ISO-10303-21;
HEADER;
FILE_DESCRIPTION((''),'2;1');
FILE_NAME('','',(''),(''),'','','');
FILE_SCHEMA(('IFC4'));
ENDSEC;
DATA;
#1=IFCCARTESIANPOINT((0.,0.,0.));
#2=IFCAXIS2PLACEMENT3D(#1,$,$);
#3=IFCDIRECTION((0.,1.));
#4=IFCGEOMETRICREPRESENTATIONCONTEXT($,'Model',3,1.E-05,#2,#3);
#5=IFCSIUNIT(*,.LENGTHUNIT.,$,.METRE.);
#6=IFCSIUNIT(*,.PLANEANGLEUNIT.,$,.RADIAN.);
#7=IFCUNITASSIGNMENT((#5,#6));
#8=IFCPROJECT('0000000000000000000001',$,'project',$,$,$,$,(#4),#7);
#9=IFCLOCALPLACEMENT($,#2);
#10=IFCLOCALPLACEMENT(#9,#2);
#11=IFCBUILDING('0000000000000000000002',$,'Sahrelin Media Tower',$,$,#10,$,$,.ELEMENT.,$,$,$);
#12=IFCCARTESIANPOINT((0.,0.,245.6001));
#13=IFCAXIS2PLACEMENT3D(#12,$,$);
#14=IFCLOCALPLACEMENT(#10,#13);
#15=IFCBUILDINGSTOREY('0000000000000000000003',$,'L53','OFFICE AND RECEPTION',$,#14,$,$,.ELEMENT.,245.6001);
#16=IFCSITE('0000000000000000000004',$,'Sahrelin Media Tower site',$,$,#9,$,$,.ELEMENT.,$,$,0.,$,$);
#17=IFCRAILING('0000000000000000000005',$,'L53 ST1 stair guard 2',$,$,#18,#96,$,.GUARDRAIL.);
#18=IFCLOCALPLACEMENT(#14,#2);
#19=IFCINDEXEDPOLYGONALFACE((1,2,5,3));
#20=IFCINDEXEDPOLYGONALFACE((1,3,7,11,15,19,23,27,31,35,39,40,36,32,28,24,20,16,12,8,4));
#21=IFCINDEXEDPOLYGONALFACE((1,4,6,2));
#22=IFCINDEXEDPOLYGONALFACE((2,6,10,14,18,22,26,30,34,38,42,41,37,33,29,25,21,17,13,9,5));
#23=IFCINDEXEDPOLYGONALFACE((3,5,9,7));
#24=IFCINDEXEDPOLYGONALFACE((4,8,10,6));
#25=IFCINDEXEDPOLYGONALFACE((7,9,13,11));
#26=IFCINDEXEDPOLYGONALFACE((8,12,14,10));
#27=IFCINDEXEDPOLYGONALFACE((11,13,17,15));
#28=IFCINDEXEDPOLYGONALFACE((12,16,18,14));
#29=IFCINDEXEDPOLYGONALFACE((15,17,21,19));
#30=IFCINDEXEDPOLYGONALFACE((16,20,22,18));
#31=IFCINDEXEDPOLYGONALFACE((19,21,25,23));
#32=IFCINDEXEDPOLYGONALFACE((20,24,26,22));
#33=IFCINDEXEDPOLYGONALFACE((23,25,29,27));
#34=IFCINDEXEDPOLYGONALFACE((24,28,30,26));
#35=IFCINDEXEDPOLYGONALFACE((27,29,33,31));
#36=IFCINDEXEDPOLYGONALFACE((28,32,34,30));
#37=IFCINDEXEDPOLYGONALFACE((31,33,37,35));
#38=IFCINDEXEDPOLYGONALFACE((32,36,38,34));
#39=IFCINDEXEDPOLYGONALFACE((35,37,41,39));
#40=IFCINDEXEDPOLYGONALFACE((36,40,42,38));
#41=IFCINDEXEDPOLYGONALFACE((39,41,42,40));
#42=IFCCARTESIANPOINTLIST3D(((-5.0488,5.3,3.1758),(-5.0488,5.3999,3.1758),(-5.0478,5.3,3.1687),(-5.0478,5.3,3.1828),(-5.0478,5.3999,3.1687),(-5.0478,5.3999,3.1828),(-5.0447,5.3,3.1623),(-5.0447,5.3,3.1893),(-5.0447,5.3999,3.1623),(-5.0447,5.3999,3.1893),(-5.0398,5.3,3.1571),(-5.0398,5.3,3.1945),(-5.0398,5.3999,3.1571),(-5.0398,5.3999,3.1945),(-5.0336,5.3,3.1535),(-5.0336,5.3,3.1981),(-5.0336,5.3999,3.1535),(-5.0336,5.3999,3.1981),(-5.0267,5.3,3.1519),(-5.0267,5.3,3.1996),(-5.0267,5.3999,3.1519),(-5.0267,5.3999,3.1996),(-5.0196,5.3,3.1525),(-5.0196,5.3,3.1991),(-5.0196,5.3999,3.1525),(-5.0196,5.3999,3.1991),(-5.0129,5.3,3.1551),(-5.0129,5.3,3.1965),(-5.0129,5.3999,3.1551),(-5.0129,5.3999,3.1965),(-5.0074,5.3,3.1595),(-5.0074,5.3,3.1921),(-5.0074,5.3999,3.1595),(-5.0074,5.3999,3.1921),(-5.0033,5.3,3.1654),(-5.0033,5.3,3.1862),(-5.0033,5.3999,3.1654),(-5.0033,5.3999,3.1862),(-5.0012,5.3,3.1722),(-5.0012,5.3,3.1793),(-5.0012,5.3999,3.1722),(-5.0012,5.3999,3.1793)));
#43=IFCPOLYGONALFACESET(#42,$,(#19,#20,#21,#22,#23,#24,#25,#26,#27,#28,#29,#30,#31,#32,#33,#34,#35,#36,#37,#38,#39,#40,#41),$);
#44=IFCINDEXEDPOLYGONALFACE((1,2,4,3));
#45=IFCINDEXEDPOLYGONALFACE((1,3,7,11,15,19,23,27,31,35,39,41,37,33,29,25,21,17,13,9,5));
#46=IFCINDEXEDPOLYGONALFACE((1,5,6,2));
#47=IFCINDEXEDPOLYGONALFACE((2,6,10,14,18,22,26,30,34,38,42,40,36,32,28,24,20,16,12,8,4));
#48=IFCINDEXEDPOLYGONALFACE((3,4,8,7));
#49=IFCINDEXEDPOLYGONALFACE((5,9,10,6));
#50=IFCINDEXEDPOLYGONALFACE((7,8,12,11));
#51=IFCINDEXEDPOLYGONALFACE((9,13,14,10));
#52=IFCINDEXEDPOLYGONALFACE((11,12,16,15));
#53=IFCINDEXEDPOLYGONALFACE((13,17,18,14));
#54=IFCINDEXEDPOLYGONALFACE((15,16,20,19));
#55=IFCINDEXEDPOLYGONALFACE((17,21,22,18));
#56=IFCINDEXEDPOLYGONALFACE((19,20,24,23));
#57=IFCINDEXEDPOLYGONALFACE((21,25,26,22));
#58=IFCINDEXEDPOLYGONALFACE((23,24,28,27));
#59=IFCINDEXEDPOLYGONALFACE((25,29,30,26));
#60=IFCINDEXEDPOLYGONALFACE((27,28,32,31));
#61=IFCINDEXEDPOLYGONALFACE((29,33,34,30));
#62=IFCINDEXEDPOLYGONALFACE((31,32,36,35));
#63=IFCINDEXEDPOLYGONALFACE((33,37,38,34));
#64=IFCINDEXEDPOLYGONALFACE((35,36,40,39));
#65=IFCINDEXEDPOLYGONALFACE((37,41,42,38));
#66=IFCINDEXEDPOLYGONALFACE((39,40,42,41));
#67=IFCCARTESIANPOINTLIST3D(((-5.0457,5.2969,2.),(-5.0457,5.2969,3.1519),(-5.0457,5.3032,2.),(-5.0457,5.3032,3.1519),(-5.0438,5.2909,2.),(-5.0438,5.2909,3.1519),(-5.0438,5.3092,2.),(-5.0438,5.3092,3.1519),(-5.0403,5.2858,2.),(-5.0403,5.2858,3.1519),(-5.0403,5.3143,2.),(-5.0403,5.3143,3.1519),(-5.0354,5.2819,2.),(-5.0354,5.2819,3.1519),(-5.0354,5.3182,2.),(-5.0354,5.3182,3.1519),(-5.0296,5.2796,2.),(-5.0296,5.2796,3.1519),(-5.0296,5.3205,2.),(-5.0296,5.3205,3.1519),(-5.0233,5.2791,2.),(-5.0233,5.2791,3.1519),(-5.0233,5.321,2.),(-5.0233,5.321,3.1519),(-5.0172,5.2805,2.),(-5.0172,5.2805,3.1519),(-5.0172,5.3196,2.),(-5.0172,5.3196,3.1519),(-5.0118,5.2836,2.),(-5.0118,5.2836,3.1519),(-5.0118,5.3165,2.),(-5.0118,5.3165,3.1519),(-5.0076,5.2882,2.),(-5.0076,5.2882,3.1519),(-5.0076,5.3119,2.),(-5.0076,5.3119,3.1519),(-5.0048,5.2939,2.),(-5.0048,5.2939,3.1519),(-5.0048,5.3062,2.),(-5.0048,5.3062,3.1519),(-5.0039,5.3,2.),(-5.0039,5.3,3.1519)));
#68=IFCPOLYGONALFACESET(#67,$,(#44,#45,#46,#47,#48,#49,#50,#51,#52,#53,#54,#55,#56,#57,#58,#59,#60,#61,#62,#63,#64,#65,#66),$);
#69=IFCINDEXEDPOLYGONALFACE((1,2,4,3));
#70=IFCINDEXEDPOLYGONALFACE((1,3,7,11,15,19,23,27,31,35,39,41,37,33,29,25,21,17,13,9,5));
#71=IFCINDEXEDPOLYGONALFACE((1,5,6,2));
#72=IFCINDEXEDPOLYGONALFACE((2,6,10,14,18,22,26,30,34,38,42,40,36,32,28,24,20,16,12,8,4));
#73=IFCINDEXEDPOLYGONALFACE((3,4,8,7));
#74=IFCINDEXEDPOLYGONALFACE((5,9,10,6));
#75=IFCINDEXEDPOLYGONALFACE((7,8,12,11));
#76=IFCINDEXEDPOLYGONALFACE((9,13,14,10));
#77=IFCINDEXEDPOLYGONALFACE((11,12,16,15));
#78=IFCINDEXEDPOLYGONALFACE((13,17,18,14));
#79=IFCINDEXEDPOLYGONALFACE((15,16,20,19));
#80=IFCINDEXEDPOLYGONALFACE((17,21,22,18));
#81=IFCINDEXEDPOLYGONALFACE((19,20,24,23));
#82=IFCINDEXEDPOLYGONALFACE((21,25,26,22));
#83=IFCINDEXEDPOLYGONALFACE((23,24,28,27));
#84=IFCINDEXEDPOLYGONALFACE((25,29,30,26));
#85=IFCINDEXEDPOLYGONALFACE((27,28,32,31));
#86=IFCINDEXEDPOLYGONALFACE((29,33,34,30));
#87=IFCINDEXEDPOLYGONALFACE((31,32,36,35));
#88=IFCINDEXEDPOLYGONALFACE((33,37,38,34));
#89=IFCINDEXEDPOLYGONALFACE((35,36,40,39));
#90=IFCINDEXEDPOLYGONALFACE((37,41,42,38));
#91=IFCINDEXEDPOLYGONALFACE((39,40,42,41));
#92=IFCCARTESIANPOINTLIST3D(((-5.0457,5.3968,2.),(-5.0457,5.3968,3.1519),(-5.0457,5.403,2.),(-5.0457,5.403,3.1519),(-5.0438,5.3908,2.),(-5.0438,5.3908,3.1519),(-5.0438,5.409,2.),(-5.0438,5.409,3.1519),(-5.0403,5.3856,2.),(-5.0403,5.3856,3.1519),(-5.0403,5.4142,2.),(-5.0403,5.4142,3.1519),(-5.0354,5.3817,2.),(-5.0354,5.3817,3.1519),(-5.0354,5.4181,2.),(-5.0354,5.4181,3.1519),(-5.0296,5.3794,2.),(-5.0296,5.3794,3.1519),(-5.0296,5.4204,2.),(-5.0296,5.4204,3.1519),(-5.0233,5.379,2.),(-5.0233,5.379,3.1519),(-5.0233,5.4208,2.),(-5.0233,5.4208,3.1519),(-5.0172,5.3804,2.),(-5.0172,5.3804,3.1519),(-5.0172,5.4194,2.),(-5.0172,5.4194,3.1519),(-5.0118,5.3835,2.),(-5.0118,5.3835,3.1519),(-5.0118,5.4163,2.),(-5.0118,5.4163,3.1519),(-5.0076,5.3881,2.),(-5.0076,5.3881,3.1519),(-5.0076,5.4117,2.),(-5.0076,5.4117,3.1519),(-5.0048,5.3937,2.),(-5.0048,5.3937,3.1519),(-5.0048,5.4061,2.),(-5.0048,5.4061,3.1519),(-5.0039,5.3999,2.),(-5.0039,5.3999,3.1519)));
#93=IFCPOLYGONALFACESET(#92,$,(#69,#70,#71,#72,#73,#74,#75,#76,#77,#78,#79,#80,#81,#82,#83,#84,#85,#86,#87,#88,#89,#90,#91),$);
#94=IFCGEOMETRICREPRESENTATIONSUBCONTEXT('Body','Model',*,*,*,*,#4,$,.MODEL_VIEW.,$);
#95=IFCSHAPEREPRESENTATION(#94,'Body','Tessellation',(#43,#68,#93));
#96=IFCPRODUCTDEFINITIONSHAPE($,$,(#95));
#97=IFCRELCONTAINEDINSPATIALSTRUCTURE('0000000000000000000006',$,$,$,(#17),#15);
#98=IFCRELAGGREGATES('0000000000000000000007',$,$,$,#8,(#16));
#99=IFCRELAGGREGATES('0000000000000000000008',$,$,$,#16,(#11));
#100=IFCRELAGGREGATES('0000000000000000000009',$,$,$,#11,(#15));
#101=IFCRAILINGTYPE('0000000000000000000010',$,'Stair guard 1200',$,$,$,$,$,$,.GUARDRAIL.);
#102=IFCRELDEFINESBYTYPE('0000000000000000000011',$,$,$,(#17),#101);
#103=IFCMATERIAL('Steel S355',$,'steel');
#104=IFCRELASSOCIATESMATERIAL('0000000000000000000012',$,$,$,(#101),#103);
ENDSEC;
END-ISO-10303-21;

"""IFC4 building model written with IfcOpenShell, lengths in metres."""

from ifc_helpers import new_model, si_unit, direction, frame, origin, origin_2d, place, context, subcontext, project, spatial, circle, extrude, material, type_object, element, save


model = new_model("IFC4")

# Units and contexts
model_context = context("Model", 3, precision=1e-05, world=origin(), true_north=direction((0.0, 1.0)))
body_context = subcontext(model_context, "Body", "Model", "MODEL_VIEW")
ifc_project = project(units=[si_unit("LENGTHUNIT", "METRE"), si_unit("PLANEANGLEUNIT", "RADIAN")], contexts=[model_context])

# Site, building, storey
site_placement = place(None, origin())
site = spatial("IfcSite", under=ifc_project, at=site_placement, Name="Sahrelin Media Tower site", CompositionType="ELEMENT", RefElevation=0.0)
building_placement = place(site_placement, origin())
building = spatial("IfcBuilding", under=site, at=building_placement, Name="Sahrelin Media Tower", CompositionType="ELEMENT")
storey_placement = place(building_placement, frame((0.0, 0.0, 245.6001)))
storey = spatial("IfcBuildingStorey", under=building, at=storey_placement, Name="L53", Description="OFFICE AND RECEPTION", CompositionType="ELEMENT", Elevation=245.6001)

# Shared definitions
ifc_material_1 = material(Name="Steel S355", Category="steel")

# Railing
railing_type_1 = type_object("IfcRailingType", Name="Stair guard 1200", PredefinedType="GUARDRAIL", material=ifc_material_1)
railing_1_placement = place(storey_placement, frame((-5.0249, 5.3, 2.0)))
element("IfcRailing", 1, at=railing_1_placement, inside=storey, type_object=railing_type_1, Name="L53 ST1 stair guard 2", PredefinedType="GUARDRAIL", context=body_context, shape_type="SweptSolid", body=[
    extrude(circle(Radius=0.0239, at=origin_2d()), frame((0.0, 0.0, 1.1758), z_axis=(0.0, 1.0, 0.0), x_axis=(-1.0, 0.0, 0.0)), (0.0, 0.0, 1.0), 0.0999),
    extrude(circle(Radius=0.021, at=origin_2d()), origin(), (0.0, 0.0, 1.0), 1.1519),
    extrude(circle(Radius=0.021, at=origin_2d()), frame((0.0, 0.0999, 0.0)), (0.0, 0.0, 1.0), 1.1519),
])

save(model, "model.ifc")
